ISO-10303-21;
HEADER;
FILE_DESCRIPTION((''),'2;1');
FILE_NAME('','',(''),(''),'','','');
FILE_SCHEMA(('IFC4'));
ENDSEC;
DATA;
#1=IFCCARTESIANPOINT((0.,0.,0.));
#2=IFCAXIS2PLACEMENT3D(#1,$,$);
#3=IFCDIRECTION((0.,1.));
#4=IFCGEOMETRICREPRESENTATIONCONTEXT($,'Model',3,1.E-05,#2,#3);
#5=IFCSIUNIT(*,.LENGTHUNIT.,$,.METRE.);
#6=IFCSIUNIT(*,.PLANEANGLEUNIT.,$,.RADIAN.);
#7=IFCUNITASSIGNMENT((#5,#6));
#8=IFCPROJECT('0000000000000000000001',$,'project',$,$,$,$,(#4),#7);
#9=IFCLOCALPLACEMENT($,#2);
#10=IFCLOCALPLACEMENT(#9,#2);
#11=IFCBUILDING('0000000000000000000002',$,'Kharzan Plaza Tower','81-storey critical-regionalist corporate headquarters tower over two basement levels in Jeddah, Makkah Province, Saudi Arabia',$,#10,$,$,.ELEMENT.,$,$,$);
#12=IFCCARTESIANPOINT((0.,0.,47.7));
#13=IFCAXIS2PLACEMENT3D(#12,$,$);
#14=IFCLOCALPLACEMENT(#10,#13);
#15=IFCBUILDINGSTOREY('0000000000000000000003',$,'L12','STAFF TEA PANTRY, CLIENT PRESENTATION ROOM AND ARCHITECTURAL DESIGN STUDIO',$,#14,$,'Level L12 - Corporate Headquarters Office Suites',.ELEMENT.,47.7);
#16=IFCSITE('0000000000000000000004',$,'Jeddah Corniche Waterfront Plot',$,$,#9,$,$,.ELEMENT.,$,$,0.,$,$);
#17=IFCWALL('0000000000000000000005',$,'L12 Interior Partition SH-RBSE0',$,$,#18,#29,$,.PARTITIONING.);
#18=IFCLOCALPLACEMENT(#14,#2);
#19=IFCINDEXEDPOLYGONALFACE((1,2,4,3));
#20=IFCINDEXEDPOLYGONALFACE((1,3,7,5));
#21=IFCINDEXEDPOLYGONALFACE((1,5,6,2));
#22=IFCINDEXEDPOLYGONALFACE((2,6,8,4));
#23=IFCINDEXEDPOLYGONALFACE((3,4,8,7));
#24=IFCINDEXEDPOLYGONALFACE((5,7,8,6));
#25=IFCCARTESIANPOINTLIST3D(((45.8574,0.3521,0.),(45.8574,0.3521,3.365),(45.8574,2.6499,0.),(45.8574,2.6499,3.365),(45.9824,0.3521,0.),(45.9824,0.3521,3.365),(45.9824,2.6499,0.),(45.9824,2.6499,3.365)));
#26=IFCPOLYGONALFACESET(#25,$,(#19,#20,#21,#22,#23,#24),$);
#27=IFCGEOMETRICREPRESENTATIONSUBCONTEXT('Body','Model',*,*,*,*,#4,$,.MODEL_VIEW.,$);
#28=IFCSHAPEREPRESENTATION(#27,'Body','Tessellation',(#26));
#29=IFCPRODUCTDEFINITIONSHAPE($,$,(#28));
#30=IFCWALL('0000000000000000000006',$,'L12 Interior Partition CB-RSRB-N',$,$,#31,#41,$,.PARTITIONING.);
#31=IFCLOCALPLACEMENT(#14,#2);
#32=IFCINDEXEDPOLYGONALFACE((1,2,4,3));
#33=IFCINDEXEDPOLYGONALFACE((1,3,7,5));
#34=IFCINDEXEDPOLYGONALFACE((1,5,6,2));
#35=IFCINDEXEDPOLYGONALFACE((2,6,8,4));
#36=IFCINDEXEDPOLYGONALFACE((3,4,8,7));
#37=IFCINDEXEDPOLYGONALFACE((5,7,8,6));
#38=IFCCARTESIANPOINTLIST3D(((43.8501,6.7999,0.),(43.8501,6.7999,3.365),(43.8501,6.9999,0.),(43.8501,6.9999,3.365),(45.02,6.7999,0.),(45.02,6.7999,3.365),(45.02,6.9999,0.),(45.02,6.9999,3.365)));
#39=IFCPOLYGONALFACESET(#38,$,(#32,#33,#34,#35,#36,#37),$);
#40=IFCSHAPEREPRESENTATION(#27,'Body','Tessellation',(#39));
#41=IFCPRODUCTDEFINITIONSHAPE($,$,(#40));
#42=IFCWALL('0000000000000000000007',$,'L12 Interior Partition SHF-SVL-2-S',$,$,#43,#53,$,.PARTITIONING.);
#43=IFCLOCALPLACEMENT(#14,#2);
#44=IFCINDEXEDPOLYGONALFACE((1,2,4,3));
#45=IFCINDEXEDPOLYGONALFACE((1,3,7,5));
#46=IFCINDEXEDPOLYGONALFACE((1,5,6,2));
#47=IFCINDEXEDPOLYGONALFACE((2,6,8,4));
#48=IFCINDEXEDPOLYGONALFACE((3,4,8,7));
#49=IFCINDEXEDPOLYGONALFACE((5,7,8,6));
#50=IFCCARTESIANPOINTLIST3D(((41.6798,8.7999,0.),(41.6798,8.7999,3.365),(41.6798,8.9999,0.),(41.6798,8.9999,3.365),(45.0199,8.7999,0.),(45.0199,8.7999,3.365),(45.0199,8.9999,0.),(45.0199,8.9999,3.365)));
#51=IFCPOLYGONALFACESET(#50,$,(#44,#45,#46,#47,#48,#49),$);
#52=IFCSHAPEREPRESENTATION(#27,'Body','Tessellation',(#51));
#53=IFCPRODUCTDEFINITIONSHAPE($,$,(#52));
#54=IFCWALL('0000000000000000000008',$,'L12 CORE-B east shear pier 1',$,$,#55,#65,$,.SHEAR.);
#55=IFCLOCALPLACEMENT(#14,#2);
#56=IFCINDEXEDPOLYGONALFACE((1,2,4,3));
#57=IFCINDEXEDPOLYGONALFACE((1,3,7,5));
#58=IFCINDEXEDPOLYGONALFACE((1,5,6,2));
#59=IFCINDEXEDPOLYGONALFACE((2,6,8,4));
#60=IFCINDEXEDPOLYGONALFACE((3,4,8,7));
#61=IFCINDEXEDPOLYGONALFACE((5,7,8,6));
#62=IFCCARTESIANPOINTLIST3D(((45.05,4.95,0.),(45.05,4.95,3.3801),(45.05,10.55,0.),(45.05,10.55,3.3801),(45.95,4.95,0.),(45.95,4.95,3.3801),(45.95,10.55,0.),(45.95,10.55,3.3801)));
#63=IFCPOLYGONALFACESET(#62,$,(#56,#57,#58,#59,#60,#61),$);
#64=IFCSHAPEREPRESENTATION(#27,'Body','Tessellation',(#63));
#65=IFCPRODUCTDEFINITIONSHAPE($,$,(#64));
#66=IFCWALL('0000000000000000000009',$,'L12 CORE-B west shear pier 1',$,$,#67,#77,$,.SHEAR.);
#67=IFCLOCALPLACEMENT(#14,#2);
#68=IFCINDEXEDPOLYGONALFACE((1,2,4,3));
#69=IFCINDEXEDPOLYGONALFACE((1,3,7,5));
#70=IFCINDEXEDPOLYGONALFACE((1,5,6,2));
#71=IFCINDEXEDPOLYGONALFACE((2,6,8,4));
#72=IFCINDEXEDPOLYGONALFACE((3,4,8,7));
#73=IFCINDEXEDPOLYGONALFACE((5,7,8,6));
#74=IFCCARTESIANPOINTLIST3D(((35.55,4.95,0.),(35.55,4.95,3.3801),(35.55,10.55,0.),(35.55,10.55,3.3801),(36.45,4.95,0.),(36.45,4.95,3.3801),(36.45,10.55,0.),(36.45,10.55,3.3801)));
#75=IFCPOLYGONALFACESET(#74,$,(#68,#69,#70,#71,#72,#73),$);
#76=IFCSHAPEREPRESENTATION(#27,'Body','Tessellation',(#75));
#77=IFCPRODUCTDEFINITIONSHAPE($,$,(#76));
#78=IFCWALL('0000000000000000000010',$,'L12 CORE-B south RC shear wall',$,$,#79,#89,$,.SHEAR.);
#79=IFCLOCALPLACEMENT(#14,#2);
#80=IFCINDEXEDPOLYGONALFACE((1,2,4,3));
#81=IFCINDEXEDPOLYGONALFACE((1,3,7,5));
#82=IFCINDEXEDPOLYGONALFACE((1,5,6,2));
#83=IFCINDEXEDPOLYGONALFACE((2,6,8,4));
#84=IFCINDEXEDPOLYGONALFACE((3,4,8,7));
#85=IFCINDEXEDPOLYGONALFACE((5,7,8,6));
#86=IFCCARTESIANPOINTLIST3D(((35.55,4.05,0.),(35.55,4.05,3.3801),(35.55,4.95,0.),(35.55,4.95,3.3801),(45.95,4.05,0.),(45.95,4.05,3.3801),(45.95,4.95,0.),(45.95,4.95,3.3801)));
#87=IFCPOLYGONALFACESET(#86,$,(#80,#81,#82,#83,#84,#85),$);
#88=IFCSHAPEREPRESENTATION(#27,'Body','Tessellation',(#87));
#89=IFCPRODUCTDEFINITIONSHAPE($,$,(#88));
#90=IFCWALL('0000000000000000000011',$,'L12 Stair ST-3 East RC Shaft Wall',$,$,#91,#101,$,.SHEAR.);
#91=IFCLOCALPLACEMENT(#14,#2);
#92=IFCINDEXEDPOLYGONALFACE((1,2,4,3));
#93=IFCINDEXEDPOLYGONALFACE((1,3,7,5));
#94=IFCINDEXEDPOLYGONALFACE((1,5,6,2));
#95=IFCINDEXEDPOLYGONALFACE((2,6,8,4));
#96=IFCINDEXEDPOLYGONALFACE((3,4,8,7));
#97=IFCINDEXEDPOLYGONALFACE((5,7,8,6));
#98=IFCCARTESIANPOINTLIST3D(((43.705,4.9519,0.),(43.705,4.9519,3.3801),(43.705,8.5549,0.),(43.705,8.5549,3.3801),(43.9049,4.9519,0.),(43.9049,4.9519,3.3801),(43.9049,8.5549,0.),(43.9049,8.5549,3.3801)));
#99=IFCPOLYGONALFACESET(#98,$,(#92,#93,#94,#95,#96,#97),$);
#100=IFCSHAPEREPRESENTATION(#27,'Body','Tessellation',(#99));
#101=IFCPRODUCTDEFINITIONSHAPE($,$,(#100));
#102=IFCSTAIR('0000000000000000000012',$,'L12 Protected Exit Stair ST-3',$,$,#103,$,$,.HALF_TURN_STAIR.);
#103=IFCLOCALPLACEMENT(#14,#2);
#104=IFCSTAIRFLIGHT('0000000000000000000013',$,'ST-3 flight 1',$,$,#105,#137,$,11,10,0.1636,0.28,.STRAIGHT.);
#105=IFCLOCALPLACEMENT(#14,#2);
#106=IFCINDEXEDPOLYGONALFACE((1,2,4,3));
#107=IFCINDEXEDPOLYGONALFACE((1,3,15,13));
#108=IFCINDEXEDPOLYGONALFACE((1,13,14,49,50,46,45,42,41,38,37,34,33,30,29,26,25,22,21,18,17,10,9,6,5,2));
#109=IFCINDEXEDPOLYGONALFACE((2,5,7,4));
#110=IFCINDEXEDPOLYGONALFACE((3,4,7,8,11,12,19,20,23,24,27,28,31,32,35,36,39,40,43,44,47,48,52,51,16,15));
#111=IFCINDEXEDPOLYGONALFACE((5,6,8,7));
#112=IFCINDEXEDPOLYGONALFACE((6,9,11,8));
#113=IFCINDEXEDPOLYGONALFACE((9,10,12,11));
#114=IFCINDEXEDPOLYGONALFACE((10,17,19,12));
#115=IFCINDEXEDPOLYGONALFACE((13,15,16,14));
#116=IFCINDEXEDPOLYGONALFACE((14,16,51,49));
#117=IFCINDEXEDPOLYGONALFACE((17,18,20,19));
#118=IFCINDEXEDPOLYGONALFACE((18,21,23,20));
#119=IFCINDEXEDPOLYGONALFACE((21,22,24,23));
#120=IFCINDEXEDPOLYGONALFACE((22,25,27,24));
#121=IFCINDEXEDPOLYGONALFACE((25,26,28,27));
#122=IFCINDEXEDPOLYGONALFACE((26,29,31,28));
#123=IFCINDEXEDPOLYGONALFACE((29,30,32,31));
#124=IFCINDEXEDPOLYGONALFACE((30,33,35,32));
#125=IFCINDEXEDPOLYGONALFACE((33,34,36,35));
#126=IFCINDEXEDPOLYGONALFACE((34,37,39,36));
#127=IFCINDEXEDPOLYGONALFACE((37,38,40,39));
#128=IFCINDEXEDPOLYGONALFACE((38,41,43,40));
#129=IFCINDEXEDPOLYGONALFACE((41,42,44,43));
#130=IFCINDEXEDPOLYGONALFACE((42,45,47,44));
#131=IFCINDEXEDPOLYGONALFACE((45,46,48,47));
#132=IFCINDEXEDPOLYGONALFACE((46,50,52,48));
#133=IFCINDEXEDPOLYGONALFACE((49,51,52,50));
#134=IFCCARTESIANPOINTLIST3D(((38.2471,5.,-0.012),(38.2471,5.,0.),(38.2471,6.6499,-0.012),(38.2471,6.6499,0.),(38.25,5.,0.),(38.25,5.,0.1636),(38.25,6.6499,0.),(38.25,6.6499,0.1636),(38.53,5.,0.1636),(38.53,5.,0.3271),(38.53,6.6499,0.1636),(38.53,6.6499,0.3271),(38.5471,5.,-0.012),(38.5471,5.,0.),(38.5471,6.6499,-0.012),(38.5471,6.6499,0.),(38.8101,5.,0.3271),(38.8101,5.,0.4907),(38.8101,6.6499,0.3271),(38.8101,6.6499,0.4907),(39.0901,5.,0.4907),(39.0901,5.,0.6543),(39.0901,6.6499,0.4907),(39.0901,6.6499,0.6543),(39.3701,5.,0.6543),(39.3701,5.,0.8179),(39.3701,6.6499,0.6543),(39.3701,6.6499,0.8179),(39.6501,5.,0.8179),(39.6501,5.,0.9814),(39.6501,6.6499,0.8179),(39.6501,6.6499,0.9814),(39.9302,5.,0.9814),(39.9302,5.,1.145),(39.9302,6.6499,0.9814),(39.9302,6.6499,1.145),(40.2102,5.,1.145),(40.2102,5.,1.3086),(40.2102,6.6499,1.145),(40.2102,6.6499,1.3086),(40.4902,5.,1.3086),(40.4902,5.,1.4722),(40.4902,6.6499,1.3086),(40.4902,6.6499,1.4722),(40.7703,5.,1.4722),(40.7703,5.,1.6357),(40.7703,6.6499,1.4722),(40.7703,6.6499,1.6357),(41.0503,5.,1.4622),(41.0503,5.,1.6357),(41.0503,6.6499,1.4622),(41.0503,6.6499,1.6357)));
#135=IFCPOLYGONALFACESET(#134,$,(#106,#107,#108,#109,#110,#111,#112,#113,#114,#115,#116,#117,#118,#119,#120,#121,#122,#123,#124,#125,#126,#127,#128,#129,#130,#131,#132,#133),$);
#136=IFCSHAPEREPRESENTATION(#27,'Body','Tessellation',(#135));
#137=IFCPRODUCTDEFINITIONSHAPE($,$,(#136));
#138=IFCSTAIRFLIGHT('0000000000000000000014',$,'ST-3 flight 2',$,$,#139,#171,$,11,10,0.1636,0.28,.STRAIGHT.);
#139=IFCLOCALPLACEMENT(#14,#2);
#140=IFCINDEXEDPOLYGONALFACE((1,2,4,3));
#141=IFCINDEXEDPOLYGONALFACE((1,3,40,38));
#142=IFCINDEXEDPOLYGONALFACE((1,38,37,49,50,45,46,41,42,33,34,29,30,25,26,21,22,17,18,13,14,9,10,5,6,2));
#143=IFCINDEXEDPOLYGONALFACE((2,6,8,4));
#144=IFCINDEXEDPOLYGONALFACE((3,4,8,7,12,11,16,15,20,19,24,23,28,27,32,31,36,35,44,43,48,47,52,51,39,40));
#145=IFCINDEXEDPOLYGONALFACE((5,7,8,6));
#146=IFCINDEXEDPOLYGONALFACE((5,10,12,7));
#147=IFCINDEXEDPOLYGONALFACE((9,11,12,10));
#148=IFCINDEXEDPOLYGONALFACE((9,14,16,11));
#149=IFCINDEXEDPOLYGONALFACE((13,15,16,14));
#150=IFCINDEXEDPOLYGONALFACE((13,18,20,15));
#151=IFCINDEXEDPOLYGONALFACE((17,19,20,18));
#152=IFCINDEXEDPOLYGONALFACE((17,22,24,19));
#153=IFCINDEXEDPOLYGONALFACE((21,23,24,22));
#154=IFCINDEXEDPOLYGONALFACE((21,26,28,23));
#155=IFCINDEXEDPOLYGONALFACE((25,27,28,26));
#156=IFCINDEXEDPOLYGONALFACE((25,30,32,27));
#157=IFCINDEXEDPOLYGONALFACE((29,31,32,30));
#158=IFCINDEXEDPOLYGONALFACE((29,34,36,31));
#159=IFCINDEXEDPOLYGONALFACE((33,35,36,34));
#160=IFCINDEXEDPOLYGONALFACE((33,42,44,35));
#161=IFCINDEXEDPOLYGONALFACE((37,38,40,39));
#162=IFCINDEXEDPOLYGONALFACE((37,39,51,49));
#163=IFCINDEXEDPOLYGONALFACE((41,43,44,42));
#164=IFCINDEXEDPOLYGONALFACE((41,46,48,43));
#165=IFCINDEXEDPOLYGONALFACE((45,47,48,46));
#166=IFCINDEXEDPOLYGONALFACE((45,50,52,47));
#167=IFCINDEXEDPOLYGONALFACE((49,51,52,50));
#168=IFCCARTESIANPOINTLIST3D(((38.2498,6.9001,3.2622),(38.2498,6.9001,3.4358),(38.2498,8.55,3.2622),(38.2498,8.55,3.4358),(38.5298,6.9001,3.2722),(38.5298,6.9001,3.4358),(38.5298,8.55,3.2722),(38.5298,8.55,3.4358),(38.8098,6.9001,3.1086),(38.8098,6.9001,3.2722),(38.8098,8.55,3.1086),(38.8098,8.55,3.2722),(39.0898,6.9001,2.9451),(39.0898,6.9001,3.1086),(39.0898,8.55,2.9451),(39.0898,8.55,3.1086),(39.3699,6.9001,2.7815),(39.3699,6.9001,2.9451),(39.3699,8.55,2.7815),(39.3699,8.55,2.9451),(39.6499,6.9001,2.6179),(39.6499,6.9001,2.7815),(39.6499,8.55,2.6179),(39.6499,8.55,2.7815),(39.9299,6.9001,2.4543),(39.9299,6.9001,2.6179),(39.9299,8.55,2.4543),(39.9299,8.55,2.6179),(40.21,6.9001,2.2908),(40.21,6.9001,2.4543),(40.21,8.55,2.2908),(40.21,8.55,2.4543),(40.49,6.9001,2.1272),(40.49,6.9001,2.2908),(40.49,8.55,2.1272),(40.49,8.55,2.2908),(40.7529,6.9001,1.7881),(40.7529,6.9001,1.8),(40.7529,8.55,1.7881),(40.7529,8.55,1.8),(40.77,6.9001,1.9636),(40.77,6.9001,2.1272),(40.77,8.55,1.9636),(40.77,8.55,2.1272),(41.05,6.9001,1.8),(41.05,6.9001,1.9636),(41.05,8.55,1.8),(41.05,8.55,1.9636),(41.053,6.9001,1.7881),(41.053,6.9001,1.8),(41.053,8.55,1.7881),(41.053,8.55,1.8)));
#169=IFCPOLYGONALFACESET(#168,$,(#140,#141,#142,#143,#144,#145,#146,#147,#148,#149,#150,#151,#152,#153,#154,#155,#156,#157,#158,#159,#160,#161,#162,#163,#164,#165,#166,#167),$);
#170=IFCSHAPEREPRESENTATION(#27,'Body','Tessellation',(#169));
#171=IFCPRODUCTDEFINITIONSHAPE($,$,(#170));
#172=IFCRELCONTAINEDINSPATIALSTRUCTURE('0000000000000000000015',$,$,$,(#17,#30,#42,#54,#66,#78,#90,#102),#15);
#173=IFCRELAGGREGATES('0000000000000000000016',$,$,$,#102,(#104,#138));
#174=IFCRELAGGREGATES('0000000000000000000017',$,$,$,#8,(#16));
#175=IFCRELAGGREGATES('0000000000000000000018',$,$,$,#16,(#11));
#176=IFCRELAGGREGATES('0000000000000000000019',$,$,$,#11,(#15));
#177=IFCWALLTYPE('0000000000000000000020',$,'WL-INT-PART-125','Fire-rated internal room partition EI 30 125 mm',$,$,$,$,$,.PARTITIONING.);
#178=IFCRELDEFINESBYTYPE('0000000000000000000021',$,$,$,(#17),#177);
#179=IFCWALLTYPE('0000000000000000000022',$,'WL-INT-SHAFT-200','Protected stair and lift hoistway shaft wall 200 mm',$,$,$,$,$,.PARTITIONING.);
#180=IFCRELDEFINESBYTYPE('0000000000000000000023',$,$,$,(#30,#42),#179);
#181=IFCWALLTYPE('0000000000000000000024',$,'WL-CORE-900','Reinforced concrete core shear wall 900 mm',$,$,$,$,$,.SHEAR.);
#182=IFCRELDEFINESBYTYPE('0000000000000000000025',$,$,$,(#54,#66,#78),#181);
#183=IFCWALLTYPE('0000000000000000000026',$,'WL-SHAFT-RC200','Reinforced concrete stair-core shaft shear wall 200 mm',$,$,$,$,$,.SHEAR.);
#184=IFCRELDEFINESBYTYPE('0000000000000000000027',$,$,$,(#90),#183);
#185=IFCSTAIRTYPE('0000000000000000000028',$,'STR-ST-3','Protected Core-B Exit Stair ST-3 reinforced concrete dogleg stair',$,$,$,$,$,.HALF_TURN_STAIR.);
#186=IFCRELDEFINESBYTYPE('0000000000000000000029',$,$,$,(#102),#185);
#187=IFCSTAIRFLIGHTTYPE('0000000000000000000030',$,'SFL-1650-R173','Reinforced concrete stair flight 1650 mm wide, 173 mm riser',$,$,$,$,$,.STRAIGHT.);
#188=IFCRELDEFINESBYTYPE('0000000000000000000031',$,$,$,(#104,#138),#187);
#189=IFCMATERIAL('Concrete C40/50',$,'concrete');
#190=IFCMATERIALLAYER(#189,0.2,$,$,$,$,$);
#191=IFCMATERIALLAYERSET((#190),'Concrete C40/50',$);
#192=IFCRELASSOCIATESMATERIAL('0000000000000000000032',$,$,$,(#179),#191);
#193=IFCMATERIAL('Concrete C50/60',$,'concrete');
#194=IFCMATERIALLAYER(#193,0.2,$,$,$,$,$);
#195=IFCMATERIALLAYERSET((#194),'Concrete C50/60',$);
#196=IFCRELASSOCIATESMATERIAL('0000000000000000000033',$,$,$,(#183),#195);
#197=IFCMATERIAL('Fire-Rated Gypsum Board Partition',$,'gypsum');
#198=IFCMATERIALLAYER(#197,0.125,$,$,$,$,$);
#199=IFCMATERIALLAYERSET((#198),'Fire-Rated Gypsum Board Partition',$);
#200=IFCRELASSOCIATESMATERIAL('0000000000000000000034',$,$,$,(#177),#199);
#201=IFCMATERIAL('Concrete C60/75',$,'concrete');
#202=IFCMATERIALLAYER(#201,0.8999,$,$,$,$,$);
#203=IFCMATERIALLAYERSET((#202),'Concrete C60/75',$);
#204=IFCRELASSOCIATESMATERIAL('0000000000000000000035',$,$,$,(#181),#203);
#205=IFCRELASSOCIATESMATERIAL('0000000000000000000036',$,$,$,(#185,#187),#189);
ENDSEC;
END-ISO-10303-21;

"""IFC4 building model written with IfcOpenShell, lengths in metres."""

from ifc_helpers import new_model, si_unit, direction, frame, frame_2d, origin, place, context, subcontext, project, spatial, polyline, rectangle, outline, extrude, source, transform, mapped, material, layer, layer_set, type_object, element, aggregate, save


model = new_model("IFC4")

# Units and contexts
model_context = context("Model", 3, precision=1e-05, world=origin(), true_north=direction((0.0, 1.0)))
body_context = subcontext(model_context, "Body", "Model", "MODEL_VIEW")
ifc_project = project(units=[si_unit("LENGTHUNIT", "METRE"), si_unit("PLANEANGLEUNIT", "RADIAN")], contexts=[model_context])

# Site, building, storey
site_placement = place(None, origin())
site = spatial("IfcSite", under=ifc_project, at=site_placement, Name="Jeddah Corniche Waterfront Plot", CompositionType="ELEMENT", RefElevation=0.0)
building_placement = place(site_placement, origin())
building = spatial("IfcBuilding", under=site, at=building_placement, Name="Kharzan Plaza Tower", Description="81-storey critical-regionalist corporate headquarters tower over two basement levels in Jeddah, Makkah Province, Saudi Arabia", CompositionType="ELEMENT")
storey_placement = place(building_placement, frame((0.0, 0.0, 47.7)))
storey = spatial("IfcBuildingStorey", under=building, at=storey_placement, Name="L12", Description="STAFF TEA PANTRY, CLIENT PRESENTATION ROOM AND ARCHITECTURAL DESIGN STUDIO", LongName="Level L12 - Corporate Headquarters Office Suites", CompositionType="ELEMENT", Elevation=47.7)

# Shared definitions
ifc_material_1 = material(Name="Concrete C60/75", Category="concrete")

# Shared definitions
ifc_material_2 = material(Name="Concrete C40/50", Category="concrete")

# Shared definitions
ifc_layer_1 = layer(ifc_material_2, 0.2)
ifc_layer_set_1 = layer_set([ifc_layer_1], Name="Concrete C40/50")
wall_type_1 = type_object("IfcWallType", Name="WL-INT-SHAFT-200", Description="Protected stair and lift hoistway shaft wall 200 mm", PredefinedType="PARTITIONING", material=ifc_layer_set_1)
ifc_material_3 = material(Name="Concrete C50/60", Category="concrete")
ifc_layer_2 = layer(ifc_material_3, 0.2)
ifc_layer_set_2 = layer_set([ifc_layer_2], Name="Concrete C50/60")
wall_type_2 = type_object("IfcWallType", Name="WL-SHAFT-RC200", Description="Reinforced concrete stair-core shaft shear wall 200 mm", PredefinedType="SHEAR", material=ifc_layer_set_2)

# Walls
ifc_material_4 = material(Name="Fire-Rated Gypsum Board Partition", Category="gypsum")
ifc_layer_3 = layer(ifc_material_4, 0.125)
ifc_layer_set_3 = layer_set([ifc_layer_3], Name="Fire-Rated Gypsum Board Partition")
wall_type_3 = type_object("IfcWallType", Name="WL-INT-PART-125", Description="Fire-rated internal room partition EI 30 125 mm", PredefinedType="PARTITIONING", material=ifc_layer_set_3)
shared_shape_1 = source(origin(), body_context, "Body", "SweptSolid", [
    extrude(rectangle(XDim=2.2979, YDim=0.125, at=frame_2d((1.1489, 0.0))), origin(), (0.0, 0.0, 1.0), 3.365),
])
wall_1_placement = place(storey_placement, frame((45.9199, 0.3521, 0.0), z_axis=(0.0, 0.0, 1.0), x_axis=(0.0, 1.0, 0.0)))
element("IfcWall", 1, at=wall_1_placement, inside=storey, type_object=wall_type_3, Name="L12 Interior Partition SH-RBSE0", PredefinedType="PARTITIONING", context=body_context, shape_type="MappedRepresentation", body=[
    mapped(shared_shape_1, transform((0.0, 0.0, 0.0), x_axis=(1.0, 0.0, 0.0), y_axis=(0.0, 1.0, 0.0), z_axis=(0.0, 0.0, 1.0))),
])
shared_shape_2 = source(origin(), body_context, "Body", "SweptSolid", [
    extrude(rectangle(XDim=1.1699, YDim=0.2, at=frame_2d((0.585, 0.0))), origin(), (0.0, 0.0, 1.0), 3.365),
])
wall_2_placement = place(storey_placement, frame((43.8501, 6.8999, 0.0), z_axis=(0.0, 0.0, 1.0), x_axis=(1.0, 0.0, 0.0)))
element("IfcWall", 2, at=wall_2_placement, inside=storey, type_object=wall_type_1, Name="L12 Interior Partition CB-RSRB-N", PredefinedType="PARTITIONING", context=body_context, shape_type="MappedRepresentation", body=[
    mapped(shared_shape_2, transform((0.0, 0.0, 0.0), x_axis=(1.0, 0.0, 0.0), y_axis=(0.0, 1.0, 0.0), z_axis=(0.0, 0.0, 1.0))),
])
shared_shape_3 = source(origin(), body_context, "Body", "SweptSolid", [
    extrude(rectangle(XDim=3.3401, YDim=0.2, at=frame_2d((1.6699, 0.0))), origin(), (0.0, 0.0, 1.0), 3.365),
])
wall_3_placement = place(storey_placement, frame((41.6799, 8.8999, 0.0), z_axis=(0.0, 0.0, 1.0), x_axis=(1.0, 0.0, 0.0)))
element("IfcWall", 3, at=wall_3_placement, inside=storey, type_object=wall_type_1, Name="L12 Interior Partition SHF-SVL-2-S", PredefinedType="PARTITIONING", context=body_context, shape_type="MappedRepresentation", body=[
    mapped(shared_shape_3, transform((0.0, 0.0, 0.0), x_axis=(1.0, 0.0, 0.0), y_axis=(0.0, 1.0, 0.0), z_axis=(0.0, 0.0, 1.0))),
])
ifc_layer_4 = layer(ifc_material_1, 0.8999)
ifc_layer_set_4 = layer_set([ifc_layer_4], Name="Concrete C60/75")
wall_type_4 = type_object("IfcWallType", Name="WL-CORE-900", Description="Reinforced concrete core shear wall 900 mm", PredefinedType="SHEAR", material=ifc_layer_set_4)
shared_shape_4 = source(origin(), body_context, "Body", "SweptSolid", [
    extrude(rectangle(XDim=5.6001, YDim=0.8999, at=frame_2d((2.8, 0.0))), origin(), (0.0, 0.0, 1.0), 3.3801),
])
for number, where, z_axis, x_axis, name in (
    (4, (45.5, 4.95, 0.0), (0.0, 0.0, 1.0), (0.0, 1.0, 0.0), "L12 CORE-B east shear pier 1"),
    (5, (36.0, 4.95, 0.0), (0.0, 0.0, 1.0), (0.0, 1.0, 0.0), "L12 CORE-B west shear pier 1"),
):
    element("IfcWall", number, at=place(storey_placement, frame(where, z_axis=z_axis, x_axis=x_axis)), inside=storey, type_object=wall_type_4, Name=name, PredefinedType="SHEAR", context=body_context, shape_type="MappedRepresentation", body=[
        mapped(shared_shape_4, transform((0.0, 0.0, 0.0), x_axis=(1.0, 0.0, 0.0), y_axis=(0.0, 1.0, 0.0), z_axis=(0.0, 0.0, 1.0))),
    ])
shared_shape_5 = source(origin(), body_context, "Body", "SweptSolid", [
    extrude(rectangle(XDim=10.3999, YDim=0.8999, at=frame_2d((5.2, 0.0))), origin(), (0.0, 0.0, 1.0), 3.3801),
])
wall_4_placement = place(storey_placement, frame((35.55, 4.5, 0.0), z_axis=(0.0, 0.0, 1.0), x_axis=(1.0, 0.0, 0.0)))
element("IfcWall", 6, at=wall_4_placement, inside=storey, type_object=wall_type_4, Name="L12 CORE-B south RC shear wall", PredefinedType="SHEAR", context=body_context, shape_type="MappedRepresentation", body=[
    mapped(shared_shape_5, transform((0.0, 0.0, 0.0), x_axis=(1.0, 0.0, 0.0), y_axis=(0.0, 1.0, 0.0), z_axis=(0.0, 0.0, 1.0))),
])
shared_shape_6 = source(origin(), body_context, "Body", "SweptSolid", [
    extrude(rectangle(XDim=3.603, YDim=0.2, at=frame_2d((1.8015, 0.0))), origin(), (0.0, 0.0, 1.0), 3.3801),
])
wall_5_placement = place(storey_placement, frame((43.8049, 4.9519, 0.0), z_axis=(0.0, 0.0, 1.0), x_axis=(0.0, 1.0, 0.0)))
element("IfcWall", 7, at=wall_5_placement, inside=storey, type_object=wall_type_2, Name="L12 Stair ST-3 East RC Shaft Wall", PredefinedType="SHEAR", context=body_context, shape_type="MappedRepresentation", body=[
    mapped(shared_shape_6, transform((0.0, 0.0, 0.0), x_axis=(1.0, 0.0, 0.0), y_axis=(0.0, 1.0, 0.0), z_axis=(0.0, 0.0, 1.0))),
])

# Stair, stair flights
stair_type = type_object("IfcStairType", Name="STR-ST-3", Description="Protected Core-B Exit Stair ST-3 reinforced concrete dogleg stair", PredefinedType="HALF_TURN_STAIR", material=ifc_material_2)
stair_placement = place(storey_placement, origin())
stair = element("IfcStair", 8, at=stair_placement, inside=storey, type_object=stair_type, Name="L12 Protected Exit Stair ST-3", PredefinedType="HALF_TURN_STAIR")
stair_flight_type = type_object("IfcStairFlightType", Name="SFL-1650-R173", Description="Reinforced concrete stair flight 1650 mm wide, 173 mm riser", PredefinedType="STRAIGHT", material=ifc_material_2)
shared_shape_7 = source(origin(), body_context, "Body", "SweptSolid", [
    extrude(outline(polyline([(-0.0029, -0.012), (-0.0029, 0.0), (0.0, 0.0), (0.0, 0.1636), (0.28, 0.1636), (0.28, 0.3271), (0.5601, 0.3271), (0.5601, 0.4907), (0.8401, 0.4907), (0.8401, 0.6543), (1.1201, 0.6543), (1.1201, 0.8179), (1.4001, 0.8179), (1.4001, 0.9814), (1.6802, 0.9814), (1.6802, 1.145), (1.9602, 1.145), (1.9602, 1.3086), (2.2402, 1.3086), (2.2402, 1.4722), (2.5203, 1.4722), (2.5203, 1.6357), (2.8003, 1.6357), (2.8003, 1.7993), (2.8003, 1.4622), (0.2971, 0.0), (0.2971, -0.012), (-0.0029, -0.012)])), frame((0.0, 0.825, 0.0), z_axis=(0.0, -1.0, 0.0), x_axis=(1.0, 0.0, 0.0)), (0.0, 0.0, 1.0), 1.6499),
])
stair_flight_1_placement = place(storey_placement, frame((38.25, 5.825, 0.0), z_axis=(0.0, 0.0, 1.0), x_axis=(1.0, 0.0, 0.0)))
stair_flight_1 = element("IfcStairFlight", 9, at=stair_flight_1_placement, type_object=stair_flight_type, Name="ST-3 flight 1", NumberOfRisers=11, NumberOfTreads=10, PredefinedType="STRAIGHT", RiserHeight=0.1636, TreadLength=0.28, context=body_context, shape_type="MappedRepresentation", body=[
    mapped(shared_shape_7, transform((0.0, 0.0, 0.0), x_axis=(1.0, 0.0, 0.0), y_axis=(0.0, 1.0, 0.0), z_axis=(0.0, 0.0, 1.0))),
])
stair_flight_2_placement = place(storey_placement, frame((41.05, 7.7251, 1.8), z_axis=(0.0, 0.0, 1.0), x_axis=(-1.0, 0.0, 0.0)))
stair_flight_2 = element("IfcStairFlight", 10, at=stair_flight_2_placement, type_object=stair_flight_type, Name="ST-3 flight 2", NumberOfRisers=11, NumberOfTreads=10, PredefinedType="STRAIGHT", RiserHeight=0.1636, TreadLength=0.28, context=body_context, shape_type="MappedRepresentation", body=[
    mapped(shared_shape_7, transform((0.0, 0.0, 0.0), x_axis=(1.0, 0.0, 0.0), y_axis=(0.0, 1.0, 0.0), z_axis=(0.0, 0.0, 1.0))),
])
aggregate(stair, [stair_flight_1, stair_flight_2])

save(model, "model.ifc")
